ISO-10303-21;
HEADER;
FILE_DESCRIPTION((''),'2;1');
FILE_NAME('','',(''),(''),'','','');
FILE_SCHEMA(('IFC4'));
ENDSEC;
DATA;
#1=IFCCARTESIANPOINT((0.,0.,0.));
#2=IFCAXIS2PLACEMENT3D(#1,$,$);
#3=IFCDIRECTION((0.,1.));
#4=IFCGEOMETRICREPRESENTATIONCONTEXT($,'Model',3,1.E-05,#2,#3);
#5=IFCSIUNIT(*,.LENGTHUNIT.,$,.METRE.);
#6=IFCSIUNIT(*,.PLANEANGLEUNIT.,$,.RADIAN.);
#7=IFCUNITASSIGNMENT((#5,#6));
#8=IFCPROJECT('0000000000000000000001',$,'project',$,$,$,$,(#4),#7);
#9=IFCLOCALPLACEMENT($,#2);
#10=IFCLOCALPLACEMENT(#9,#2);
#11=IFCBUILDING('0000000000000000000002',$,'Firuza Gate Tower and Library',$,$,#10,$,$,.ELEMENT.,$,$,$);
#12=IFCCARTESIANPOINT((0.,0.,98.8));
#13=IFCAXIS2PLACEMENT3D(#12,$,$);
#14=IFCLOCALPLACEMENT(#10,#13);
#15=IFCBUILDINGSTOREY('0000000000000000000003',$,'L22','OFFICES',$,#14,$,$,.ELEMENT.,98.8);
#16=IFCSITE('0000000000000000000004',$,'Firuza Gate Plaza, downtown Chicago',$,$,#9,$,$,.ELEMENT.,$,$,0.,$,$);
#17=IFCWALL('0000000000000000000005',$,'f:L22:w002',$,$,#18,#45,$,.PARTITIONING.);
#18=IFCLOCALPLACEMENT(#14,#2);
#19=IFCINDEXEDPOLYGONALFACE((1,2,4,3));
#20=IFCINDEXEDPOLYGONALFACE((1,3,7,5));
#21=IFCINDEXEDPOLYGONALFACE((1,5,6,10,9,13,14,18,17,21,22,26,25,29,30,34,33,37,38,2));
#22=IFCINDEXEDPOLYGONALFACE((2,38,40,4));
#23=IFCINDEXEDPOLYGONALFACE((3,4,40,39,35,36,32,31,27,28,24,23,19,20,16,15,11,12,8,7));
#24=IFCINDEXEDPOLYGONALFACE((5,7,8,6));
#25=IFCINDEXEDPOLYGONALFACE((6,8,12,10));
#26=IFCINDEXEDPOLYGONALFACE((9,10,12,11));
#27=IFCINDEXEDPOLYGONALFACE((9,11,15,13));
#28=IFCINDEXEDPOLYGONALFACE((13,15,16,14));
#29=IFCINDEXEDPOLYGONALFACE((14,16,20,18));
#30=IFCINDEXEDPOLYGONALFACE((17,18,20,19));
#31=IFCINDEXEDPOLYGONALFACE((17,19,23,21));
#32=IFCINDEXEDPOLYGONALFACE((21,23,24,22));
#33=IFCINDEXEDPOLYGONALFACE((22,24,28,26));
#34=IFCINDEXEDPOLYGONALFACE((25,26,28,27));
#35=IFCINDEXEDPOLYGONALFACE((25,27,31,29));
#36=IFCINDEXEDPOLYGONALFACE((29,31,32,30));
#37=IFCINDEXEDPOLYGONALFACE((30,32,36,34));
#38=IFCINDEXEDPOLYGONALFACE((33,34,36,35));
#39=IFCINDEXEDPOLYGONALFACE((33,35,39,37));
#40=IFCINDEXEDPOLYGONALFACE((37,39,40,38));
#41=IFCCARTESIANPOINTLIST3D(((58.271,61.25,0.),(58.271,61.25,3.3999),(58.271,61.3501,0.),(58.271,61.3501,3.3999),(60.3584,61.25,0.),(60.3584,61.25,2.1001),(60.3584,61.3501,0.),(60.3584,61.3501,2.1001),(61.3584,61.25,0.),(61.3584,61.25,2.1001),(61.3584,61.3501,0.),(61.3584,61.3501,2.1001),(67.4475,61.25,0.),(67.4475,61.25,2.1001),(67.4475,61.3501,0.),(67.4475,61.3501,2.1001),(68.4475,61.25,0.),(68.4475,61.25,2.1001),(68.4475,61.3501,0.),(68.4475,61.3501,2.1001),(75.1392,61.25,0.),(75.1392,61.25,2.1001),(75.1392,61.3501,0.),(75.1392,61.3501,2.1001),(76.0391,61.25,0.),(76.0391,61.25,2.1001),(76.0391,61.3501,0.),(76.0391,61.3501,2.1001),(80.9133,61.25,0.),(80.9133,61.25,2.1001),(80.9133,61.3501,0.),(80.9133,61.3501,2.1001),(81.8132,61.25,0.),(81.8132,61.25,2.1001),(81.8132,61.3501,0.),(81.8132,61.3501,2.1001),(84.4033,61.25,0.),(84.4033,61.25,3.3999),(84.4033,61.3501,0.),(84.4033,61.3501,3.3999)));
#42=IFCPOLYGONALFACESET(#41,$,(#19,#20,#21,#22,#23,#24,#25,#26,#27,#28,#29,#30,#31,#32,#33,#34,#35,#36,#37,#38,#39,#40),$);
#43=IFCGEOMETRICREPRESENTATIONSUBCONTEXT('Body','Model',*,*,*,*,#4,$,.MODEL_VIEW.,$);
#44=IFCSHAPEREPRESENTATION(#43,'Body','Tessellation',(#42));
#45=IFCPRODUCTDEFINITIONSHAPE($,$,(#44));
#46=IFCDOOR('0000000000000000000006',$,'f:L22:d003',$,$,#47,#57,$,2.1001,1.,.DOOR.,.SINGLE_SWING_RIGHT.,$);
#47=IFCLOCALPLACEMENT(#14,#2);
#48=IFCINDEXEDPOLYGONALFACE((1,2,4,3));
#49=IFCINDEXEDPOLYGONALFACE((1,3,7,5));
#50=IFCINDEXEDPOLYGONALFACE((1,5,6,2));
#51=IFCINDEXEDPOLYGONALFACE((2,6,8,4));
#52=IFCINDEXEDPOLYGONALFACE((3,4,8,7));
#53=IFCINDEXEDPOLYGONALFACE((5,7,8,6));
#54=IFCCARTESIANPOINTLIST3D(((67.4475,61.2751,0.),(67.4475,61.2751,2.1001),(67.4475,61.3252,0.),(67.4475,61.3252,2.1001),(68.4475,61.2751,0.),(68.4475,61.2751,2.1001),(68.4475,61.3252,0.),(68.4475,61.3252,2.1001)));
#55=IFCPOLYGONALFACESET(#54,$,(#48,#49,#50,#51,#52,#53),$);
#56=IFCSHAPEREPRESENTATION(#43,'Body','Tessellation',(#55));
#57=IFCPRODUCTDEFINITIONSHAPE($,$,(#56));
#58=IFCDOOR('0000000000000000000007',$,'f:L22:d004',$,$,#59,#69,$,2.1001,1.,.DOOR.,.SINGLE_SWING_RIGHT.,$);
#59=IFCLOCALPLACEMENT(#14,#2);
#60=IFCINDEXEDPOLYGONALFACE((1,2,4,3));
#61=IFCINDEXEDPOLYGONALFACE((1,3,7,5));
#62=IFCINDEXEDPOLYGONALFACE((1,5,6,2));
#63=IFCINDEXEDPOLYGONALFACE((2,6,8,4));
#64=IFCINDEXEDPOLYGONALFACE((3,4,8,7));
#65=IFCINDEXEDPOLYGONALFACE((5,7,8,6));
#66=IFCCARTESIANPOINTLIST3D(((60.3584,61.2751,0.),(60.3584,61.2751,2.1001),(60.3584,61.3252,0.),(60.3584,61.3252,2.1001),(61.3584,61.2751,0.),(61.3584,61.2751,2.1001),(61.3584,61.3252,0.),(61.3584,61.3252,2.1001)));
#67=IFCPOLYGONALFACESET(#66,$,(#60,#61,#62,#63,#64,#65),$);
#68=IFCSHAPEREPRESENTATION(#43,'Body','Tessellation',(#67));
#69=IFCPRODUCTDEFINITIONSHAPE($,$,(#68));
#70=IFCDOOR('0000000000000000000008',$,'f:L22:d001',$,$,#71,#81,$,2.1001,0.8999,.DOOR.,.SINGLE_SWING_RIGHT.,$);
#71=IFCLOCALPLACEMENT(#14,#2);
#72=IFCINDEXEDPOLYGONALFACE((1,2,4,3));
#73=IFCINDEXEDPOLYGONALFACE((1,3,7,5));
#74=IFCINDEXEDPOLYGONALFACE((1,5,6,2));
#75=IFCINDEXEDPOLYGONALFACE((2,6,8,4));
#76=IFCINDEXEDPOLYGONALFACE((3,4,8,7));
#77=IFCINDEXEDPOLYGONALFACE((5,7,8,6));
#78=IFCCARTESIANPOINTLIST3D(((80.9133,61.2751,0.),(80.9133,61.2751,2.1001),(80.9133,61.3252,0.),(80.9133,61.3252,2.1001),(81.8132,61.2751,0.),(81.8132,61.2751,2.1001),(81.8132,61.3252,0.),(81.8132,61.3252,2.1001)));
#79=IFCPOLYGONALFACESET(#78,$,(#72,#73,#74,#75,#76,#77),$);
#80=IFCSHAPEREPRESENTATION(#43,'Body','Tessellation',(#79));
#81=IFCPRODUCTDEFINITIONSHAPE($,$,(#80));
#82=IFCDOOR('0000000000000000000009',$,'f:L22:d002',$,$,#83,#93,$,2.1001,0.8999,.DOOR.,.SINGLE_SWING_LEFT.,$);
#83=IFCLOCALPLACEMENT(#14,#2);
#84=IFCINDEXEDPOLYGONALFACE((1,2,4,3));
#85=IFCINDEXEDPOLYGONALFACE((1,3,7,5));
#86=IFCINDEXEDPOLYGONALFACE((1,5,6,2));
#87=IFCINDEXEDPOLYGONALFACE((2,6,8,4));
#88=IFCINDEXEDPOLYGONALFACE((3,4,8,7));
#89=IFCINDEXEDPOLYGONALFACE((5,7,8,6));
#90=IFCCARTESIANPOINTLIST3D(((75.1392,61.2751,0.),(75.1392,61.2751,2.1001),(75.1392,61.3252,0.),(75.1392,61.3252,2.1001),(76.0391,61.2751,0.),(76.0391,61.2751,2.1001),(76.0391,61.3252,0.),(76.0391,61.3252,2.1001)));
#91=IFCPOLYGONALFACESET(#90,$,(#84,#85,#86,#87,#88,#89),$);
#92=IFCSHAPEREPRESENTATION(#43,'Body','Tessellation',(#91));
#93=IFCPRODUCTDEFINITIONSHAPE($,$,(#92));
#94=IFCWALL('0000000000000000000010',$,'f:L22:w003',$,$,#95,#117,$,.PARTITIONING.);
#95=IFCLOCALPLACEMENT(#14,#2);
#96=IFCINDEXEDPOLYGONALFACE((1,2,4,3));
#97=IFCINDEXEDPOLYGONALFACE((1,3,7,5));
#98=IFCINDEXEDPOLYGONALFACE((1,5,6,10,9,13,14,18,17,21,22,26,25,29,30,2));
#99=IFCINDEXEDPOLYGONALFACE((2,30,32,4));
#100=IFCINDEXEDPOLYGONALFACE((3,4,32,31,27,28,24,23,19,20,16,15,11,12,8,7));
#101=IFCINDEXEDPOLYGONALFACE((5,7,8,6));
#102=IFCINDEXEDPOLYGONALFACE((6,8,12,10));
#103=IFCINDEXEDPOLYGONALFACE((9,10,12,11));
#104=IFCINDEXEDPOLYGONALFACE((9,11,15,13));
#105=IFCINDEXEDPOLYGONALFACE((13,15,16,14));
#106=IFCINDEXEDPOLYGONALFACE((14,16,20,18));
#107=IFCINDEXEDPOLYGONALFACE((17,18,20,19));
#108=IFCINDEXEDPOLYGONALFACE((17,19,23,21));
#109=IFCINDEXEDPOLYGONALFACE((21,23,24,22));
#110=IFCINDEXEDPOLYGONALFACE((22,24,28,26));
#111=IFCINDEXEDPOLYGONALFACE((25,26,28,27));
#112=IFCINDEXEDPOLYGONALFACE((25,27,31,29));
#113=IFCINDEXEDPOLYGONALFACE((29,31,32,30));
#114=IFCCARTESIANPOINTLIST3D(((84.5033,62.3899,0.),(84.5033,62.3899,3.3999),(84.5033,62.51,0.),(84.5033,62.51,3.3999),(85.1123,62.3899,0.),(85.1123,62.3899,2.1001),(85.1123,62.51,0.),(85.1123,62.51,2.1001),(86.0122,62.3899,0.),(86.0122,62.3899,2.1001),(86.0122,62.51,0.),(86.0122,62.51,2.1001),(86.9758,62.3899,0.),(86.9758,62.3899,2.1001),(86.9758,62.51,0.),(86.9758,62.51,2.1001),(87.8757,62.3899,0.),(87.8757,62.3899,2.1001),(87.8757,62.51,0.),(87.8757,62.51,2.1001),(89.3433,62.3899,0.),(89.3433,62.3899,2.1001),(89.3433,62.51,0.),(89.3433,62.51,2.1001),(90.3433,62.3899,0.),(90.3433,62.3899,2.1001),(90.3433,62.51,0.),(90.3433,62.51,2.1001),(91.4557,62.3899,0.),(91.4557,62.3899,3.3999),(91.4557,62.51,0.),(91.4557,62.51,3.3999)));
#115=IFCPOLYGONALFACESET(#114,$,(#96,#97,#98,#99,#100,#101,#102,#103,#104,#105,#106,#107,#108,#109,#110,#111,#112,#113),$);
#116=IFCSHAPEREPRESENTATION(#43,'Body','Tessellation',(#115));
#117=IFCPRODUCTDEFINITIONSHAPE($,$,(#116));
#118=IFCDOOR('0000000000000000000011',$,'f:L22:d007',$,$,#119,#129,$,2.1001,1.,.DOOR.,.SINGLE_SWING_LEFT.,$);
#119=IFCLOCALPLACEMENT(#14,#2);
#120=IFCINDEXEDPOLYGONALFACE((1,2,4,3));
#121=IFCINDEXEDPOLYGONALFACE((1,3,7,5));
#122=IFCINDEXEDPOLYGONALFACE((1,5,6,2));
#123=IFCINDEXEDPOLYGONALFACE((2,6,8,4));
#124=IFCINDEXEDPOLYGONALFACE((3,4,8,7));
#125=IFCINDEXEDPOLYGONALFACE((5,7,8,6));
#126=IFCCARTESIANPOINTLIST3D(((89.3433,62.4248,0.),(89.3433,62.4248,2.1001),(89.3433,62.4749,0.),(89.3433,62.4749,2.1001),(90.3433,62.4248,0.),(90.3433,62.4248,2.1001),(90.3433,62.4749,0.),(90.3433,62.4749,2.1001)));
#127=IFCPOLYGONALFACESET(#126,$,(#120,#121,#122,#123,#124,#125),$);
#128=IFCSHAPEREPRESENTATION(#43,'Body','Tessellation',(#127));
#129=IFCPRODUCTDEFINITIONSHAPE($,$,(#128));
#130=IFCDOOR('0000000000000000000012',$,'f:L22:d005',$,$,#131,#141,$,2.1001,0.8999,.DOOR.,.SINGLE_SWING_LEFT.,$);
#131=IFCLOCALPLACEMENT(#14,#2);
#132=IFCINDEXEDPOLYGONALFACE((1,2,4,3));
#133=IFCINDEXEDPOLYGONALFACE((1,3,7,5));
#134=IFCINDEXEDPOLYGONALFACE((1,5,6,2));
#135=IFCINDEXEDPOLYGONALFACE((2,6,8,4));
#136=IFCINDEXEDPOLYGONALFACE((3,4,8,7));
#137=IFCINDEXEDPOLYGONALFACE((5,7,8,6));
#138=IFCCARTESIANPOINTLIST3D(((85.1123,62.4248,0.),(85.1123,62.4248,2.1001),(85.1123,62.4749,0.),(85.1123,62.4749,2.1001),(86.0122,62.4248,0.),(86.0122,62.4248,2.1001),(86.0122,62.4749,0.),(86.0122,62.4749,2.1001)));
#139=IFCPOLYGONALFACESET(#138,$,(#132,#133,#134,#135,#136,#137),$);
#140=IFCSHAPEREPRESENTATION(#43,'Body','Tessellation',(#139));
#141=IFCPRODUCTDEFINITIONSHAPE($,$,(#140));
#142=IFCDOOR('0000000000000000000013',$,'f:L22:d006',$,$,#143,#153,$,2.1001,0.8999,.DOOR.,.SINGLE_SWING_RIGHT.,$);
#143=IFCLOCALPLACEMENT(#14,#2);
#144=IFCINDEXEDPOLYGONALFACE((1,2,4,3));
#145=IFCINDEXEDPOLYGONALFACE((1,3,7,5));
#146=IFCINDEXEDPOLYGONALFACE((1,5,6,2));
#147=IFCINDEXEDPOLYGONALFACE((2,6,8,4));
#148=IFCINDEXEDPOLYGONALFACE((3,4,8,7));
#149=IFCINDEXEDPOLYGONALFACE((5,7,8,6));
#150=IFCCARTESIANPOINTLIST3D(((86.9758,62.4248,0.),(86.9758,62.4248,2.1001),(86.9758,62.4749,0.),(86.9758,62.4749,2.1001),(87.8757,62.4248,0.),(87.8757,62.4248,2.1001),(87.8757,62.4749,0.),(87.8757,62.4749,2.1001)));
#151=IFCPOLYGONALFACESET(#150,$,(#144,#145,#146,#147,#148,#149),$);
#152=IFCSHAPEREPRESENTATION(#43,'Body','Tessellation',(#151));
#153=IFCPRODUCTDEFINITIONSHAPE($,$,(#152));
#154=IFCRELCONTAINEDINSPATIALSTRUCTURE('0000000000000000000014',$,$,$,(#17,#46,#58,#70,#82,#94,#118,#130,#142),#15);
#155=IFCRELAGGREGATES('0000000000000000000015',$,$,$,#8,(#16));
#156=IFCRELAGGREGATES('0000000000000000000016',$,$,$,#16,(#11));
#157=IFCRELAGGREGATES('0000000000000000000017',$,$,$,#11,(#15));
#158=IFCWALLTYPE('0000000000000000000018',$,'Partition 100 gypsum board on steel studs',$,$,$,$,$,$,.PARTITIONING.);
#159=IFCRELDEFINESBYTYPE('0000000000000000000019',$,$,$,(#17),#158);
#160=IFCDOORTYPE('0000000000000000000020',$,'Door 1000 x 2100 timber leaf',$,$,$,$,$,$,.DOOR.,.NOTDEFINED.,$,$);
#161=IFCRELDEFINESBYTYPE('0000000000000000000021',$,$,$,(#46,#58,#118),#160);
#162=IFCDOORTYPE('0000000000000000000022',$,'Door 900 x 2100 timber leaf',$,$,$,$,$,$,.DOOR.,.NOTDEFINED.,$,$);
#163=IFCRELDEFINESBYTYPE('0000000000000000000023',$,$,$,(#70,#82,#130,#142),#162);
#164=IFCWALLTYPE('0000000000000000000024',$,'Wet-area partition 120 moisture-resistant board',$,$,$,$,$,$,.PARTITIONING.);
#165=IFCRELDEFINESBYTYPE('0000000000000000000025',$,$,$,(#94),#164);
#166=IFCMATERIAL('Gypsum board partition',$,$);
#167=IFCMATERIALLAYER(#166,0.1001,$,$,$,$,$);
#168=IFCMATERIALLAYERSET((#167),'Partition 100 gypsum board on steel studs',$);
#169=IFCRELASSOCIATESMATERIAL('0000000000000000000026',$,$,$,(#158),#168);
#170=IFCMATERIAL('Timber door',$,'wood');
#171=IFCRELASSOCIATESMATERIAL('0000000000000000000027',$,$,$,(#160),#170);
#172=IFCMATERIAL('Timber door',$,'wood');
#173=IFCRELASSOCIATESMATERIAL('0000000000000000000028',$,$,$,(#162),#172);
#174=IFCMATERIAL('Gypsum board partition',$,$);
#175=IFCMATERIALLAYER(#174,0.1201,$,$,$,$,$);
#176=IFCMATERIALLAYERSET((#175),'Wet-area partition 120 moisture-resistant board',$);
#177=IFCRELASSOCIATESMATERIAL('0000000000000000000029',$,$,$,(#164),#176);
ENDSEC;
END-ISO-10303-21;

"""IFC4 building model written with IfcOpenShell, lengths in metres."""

from ifc_helpers import new_model, si_unit, direction, frame, frame_2d, origin, place, context, subcontext, project, spatial, rectangle, extrude, material, layer, layer_set, type_object, element, fill, save


model = new_model("IFC4")

# Units and contexts
model_context = context("Model", 3, precision=1e-05, world=origin(), true_north=direction((0.0, 1.0)))
body_context = subcontext(model_context, "Body", "Model", "MODEL_VIEW")
ifc_project = project(units=[si_unit("LENGTHUNIT", "METRE"), si_unit("PLANEANGLEUNIT", "RADIAN")], contexts=[model_context])

# Site, building, storey
site_placement = place(None, origin())
site = spatial("IfcSite", under=ifc_project, at=site_placement, Name="Firuza Gate Plaza, downtown Chicago", CompositionType="ELEMENT", RefElevation=0.0)
building_placement = place(site_placement, origin())
building = spatial("IfcBuilding", under=site, at=building_placement, Name="Firuza Gate Tower and Library", CompositionType="ELEMENT")
storey_placement = place(building_placement, frame((0.0, 0.0, 98.8)))
storey = spatial("IfcBuildingStorey", under=building, at=storey_placement, Name="L22", Description="OFFICES", CompositionType="ELEMENT", Elevation=98.8)

# Walls, openings, doors
ifc_material_1 = material(Name="Gypsum board partition")
ifc_layer_1 = layer(ifc_material_1, 0.1001)
ifc_layer_set_1 = layer_set([ifc_layer_1], Name="Partition 100 gypsum board on steel studs")
wall_type_1 = type_object("IfcWallType", Name="Partition 100 gypsum board on steel studs", PredefinedType="PARTITIONING", material=ifc_layer_set_1)
wall_1_placement = place(storey_placement, frame((84.4033, 61.3, 0.0), z_axis=(0.0, 0.0, 1.0), x_axis=(-1.0, 0.0, 0.0)))
wall_1 = element("IfcWall", 1, at=wall_1_placement, inside=storey, type_object=wall_type_1, Name="f:L22:w002", PredefinedType="PARTITIONING", context=body_context, shape_type="SweptSolid", body=[
    extrude(rectangle(XDim=26.1323, YDim=0.1001, at=frame_2d((13.0662, 0.0))), origin(), (0.0, 0.0, 1.0), 3.3999),
])
opening_1_placement = place(wall_1_placement, frame((2.5901, 0.0, 0.0)))
opening_1 = element("IfcOpeningElement", 2, at=opening_1_placement, cuts=wall_1, PredefinedType="OPENING", context=body_context, shape_type="SweptSolid", body=[
    extrude(rectangle(XDim=0.8999, YDim=2.1001, at=frame_2d((0.45, 1.05))), frame((0.0, 0.0601, 0.0), z_axis=(0.0, -1.0, 0.0), x_axis=(1.0, 0.0, 0.0)), (0.0, 0.0, 1.0), 0.1201),
])
opening_2_placement = place(wall_1_placement, frame((8.3643, 0.0, 0.0)))
opening_2 = element("IfcOpeningElement", 3, at=opening_2_placement, cuts=wall_1, PredefinedType="OPENING", context=body_context, shape_type="SweptSolid", body=[
    extrude(rectangle(XDim=0.8999, YDim=2.1001, at=frame_2d((0.45, 1.05))), frame((0.0, 0.0601, 0.0), z_axis=(0.0, -1.0, 0.0), x_axis=(1.0, 0.0, 0.0)), (0.0, 0.0, 1.0), 0.1201),
])
opening_3_placement = place(wall_1_placement, frame((15.9558, 0.0, 0.0)))
opening_3 = element("IfcOpeningElement", 4, at=opening_3_placement, cuts=wall_1, PredefinedType="OPENING", context=body_context, shape_type="SweptSolid", body=[
    extrude(rectangle(XDim=1.0, YDim=2.1001, at=frame_2d((0.5, 1.05))), frame((0.0, 0.0601, 0.0), z_axis=(0.0, -1.0, 0.0), x_axis=(1.0, 0.0, 0.0)), (0.0, 0.0, 1.0), 0.1201),
])
opening_4_placement = place(wall_1_placement, frame((23.0449, 0.0, 0.0)))
opening_4 = element("IfcOpeningElement", 5, at=opening_4_placement, cuts=wall_1, PredefinedType="OPENING", context=body_context, shape_type="SweptSolid", body=[
    extrude(rectangle(XDim=1.0, YDim=2.1001, at=frame_2d((0.5, 1.05))), frame((0.0, 0.0601, 0.0), z_axis=(0.0, -1.0, 0.0), x_axis=(1.0, 0.0, 0.0)), (0.0, 0.0, 1.0), 0.1201),
])
ifc_material_2 = material(Name="Timber door", Category="wood")
door_type_1 = type_object("IfcDoorType", Name="Door 1000 x 2100 timber leaf", OperationType="NOTDEFINED", PredefinedType="DOOR", material=ifc_material_2)
door_1_placement = place(opening_3_placement, origin())
door_1 = element("IfcDoor", 6, at=door_1_placement, inside=storey, type_object=door_type_1, Name="f:L22:d003", OperationType="SINGLE_SWING_RIGHT", OverallHeight=2.1001, OverallWidth=1.0, PredefinedType="DOOR", context=body_context, shape_type="SweptSolid", body=[
    extrude(rectangle(XDim=1.0, YDim=2.1001, at=frame_2d((0.5, 1.05))), frame((0.0, 0.0249, 0.0), z_axis=(0.0, -1.0, 0.0), x_axis=(1.0, 0.0, 0.0)), (0.0, 0.0, 1.0), 0.05),
])
fill(opening_3, door_1)
door_2_placement = place(opening_4_placement, origin())
door_2 = element("IfcDoor", 7, at=door_2_placement, inside=storey, type_object=door_type_1, Name="f:L22:d004", OperationType="SINGLE_SWING_RIGHT", OverallHeight=2.1001, OverallWidth=1.0, PredefinedType="DOOR", context=body_context, shape_type="SweptSolid", body=[
    extrude(rectangle(XDim=1.0, YDim=2.1001, at=frame_2d((0.5, 1.05))), frame((0.0, 0.0249, 0.0), z_axis=(0.0, -1.0, 0.0), x_axis=(1.0, 0.0, 0.0)), (0.0, 0.0, 1.0), 0.05),
])
fill(opening_4, door_2)
ifc_material_3 = material(Name="Timber door", Category="wood")
door_type_2 = type_object("IfcDoorType", Name="Door 900 x 2100 timber leaf", OperationType="NOTDEFINED", PredefinedType="DOOR", material=ifc_material_3)
door_3_placement = place(opening_1_placement, origin())
door_3 = element("IfcDoor", 8, at=door_3_placement, inside=storey, type_object=door_type_2, Name="f:L22:d001", OperationType="SINGLE_SWING_RIGHT", OverallHeight=2.1001, OverallWidth=0.8999, PredefinedType="DOOR", context=body_context, shape_type="SweptSolid", body=[
    extrude(rectangle(XDim=0.8999, YDim=2.1001, at=frame_2d((0.45, 1.05))), frame((0.0, 0.0249, 0.0), z_axis=(0.0, -1.0, 0.0), x_axis=(1.0, 0.0, 0.0)), (0.0, 0.0, 1.0), 0.05),
])
fill(opening_1, door_3)
door_4_placement = place(opening_2_placement, origin())
door_4 = element("IfcDoor", 9, at=door_4_placement, inside=storey, type_object=door_type_2, Name="f:L22:d002", OperationType="SINGLE_SWING_LEFT", OverallHeight=2.1001, OverallWidth=0.8999, PredefinedType="DOOR", context=body_context, shape_type="SweptSolid", body=[
    extrude(rectangle(XDim=0.8999, YDim=2.1001, at=frame_2d((0.45, 1.05))), frame((0.0, 0.0249, 0.0), z_axis=(0.0, -1.0, 0.0), x_axis=(1.0, 0.0, 0.0)), (0.0, 0.0, 1.0), 0.05),
])
fill(opening_2, door_4)
ifc_material_4 = material(Name="Gypsum board partition")
ifc_layer_2 = layer(ifc_material_4, 0.1201)
ifc_layer_set_2 = layer_set([ifc_layer_2], Name="Wet-area partition 120 moisture-resistant board")
wall_type_2 = type_object("IfcWallType", Name="Wet-area partition 120 moisture-resistant board", PredefinedType="PARTITIONING", material=ifc_layer_set_2)
wall_2_placement = place(storey_placement, frame((84.5034, 62.45, 0.0), z_axis=(0.0, 0.0, 1.0), x_axis=(1.0, 0.0, 0.0)))
wall_2 = element("IfcWall", 10, at=wall_2_placement, inside=storey, type_object=wall_type_2, Name="f:L22:w003", PredefinedType="PARTITIONING", context=body_context, shape_type="SweptSolid", body=[
    extrude(rectangle(XDim=6.9524, YDim=0.1201, at=frame_2d((3.4761, 0.0))), origin(), (0.0, 0.0, 1.0), 3.3999),
])
opening_5_placement = place(wall_2_placement, frame((0.6089, 0.0, 0.0)))
opening_5 = element("IfcOpeningElement", 11, at=opening_5_placement, cuts=wall_2, PredefinedType="OPENING", context=body_context, shape_type="SweptSolid", body=[
    extrude(rectangle(XDim=0.8999, YDim=2.1001, at=frame_2d((0.45, 1.05))), frame((0.0, 0.0701, 0.0), z_axis=(0.0, -1.0, 0.0), x_axis=(1.0, 0.0, 0.0)), (0.0, 0.0, 1.0), 0.1401),
])
opening_6_placement = place(wall_2_placement, frame((2.4724, 0.0, 0.0)))
opening_6 = element("IfcOpeningElement", 12, at=opening_6_placement, cuts=wall_2, PredefinedType="OPENING", context=body_context, shape_type="SweptSolid", body=[
    extrude(rectangle(XDim=0.8999, YDim=2.1001, at=frame_2d((0.45, 1.05))), frame((0.0, 0.0701, 0.0), z_axis=(0.0, -1.0, 0.0), x_axis=(1.0, 0.0, 0.0)), (0.0, 0.0, 1.0), 0.1401),
])
opening_7_placement = place(wall_2_placement, frame((4.8398, 0.0, 0.0)))
opening_7 = element("IfcOpeningElement", 13, at=opening_7_placement, cuts=wall_2, PredefinedType="OPENING", context=body_context, shape_type="SweptSolid", body=[
    extrude(rectangle(XDim=1.0, YDim=2.1001, at=frame_2d((0.5, 1.05))), frame((0.0, 0.0701, 0.0), z_axis=(0.0, -1.0, 0.0), x_axis=(1.0, 0.0, 0.0)), (0.0, 0.0, 1.0), 0.1401),
])
door_5_placement = place(opening_7_placement, origin())
door_5 = element("IfcDoor", 14, at=door_5_placement, inside=storey, type_object=door_type_1, Name="f:L22:d007", OperationType="SINGLE_SWING_LEFT", OverallHeight=2.1001, OverallWidth=1.0, PredefinedType="DOOR", context=body_context, shape_type="SweptSolid", body=[
    extrude(rectangle(XDim=1.0, YDim=2.1001, at=frame_2d((0.5, 1.05))), frame((0.0, 0.0249, 0.0), z_axis=(0.0, -1.0, 0.0), x_axis=(1.0, 0.0, 0.0)), (0.0, 0.0, 1.0), 0.05),
])
fill(opening_7, door_5)
door_6_placement = place(opening_5_placement, origin())
door_6 = element("IfcDoor", 15, at=door_6_placement, inside=storey, type_object=door_type_2, Name="f:L22:d005", OperationType="SINGLE_SWING_LEFT", OverallHeight=2.1001, OverallWidth=0.8999, PredefinedType="DOOR", context=body_context, shape_type="SweptSolid", body=[
    extrude(rectangle(XDim=0.8999, YDim=2.1001, at=frame_2d((0.45, 1.05))), frame((0.0, 0.0249, 0.0), z_axis=(0.0, -1.0, 0.0), x_axis=(1.0, 0.0, 0.0)), (0.0, 0.0, 1.0), 0.05),
])
fill(opening_5, door_6)
door_7_placement = place(opening_6_placement, origin())
door_7 = element("IfcDoor", 16, at=door_7_placement, inside=storey, type_object=door_type_2, Name="f:L22:d006", OperationType="SINGLE_SWING_RIGHT", OverallHeight=2.1001, OverallWidth=0.8999, PredefinedType="DOOR", context=body_context, shape_type="SweptSolid", body=[
    extrude(rectangle(XDim=0.8999, YDim=2.1001, at=frame_2d((0.45, 1.05))), frame((0.0, 0.0249, 0.0), z_axis=(0.0, -1.0, 0.0), x_axis=(1.0, 0.0, 0.0)), (0.0, 0.0, 1.0), 0.05),
])
fill(opening_6, door_7)

save(model, "model.ifc")
